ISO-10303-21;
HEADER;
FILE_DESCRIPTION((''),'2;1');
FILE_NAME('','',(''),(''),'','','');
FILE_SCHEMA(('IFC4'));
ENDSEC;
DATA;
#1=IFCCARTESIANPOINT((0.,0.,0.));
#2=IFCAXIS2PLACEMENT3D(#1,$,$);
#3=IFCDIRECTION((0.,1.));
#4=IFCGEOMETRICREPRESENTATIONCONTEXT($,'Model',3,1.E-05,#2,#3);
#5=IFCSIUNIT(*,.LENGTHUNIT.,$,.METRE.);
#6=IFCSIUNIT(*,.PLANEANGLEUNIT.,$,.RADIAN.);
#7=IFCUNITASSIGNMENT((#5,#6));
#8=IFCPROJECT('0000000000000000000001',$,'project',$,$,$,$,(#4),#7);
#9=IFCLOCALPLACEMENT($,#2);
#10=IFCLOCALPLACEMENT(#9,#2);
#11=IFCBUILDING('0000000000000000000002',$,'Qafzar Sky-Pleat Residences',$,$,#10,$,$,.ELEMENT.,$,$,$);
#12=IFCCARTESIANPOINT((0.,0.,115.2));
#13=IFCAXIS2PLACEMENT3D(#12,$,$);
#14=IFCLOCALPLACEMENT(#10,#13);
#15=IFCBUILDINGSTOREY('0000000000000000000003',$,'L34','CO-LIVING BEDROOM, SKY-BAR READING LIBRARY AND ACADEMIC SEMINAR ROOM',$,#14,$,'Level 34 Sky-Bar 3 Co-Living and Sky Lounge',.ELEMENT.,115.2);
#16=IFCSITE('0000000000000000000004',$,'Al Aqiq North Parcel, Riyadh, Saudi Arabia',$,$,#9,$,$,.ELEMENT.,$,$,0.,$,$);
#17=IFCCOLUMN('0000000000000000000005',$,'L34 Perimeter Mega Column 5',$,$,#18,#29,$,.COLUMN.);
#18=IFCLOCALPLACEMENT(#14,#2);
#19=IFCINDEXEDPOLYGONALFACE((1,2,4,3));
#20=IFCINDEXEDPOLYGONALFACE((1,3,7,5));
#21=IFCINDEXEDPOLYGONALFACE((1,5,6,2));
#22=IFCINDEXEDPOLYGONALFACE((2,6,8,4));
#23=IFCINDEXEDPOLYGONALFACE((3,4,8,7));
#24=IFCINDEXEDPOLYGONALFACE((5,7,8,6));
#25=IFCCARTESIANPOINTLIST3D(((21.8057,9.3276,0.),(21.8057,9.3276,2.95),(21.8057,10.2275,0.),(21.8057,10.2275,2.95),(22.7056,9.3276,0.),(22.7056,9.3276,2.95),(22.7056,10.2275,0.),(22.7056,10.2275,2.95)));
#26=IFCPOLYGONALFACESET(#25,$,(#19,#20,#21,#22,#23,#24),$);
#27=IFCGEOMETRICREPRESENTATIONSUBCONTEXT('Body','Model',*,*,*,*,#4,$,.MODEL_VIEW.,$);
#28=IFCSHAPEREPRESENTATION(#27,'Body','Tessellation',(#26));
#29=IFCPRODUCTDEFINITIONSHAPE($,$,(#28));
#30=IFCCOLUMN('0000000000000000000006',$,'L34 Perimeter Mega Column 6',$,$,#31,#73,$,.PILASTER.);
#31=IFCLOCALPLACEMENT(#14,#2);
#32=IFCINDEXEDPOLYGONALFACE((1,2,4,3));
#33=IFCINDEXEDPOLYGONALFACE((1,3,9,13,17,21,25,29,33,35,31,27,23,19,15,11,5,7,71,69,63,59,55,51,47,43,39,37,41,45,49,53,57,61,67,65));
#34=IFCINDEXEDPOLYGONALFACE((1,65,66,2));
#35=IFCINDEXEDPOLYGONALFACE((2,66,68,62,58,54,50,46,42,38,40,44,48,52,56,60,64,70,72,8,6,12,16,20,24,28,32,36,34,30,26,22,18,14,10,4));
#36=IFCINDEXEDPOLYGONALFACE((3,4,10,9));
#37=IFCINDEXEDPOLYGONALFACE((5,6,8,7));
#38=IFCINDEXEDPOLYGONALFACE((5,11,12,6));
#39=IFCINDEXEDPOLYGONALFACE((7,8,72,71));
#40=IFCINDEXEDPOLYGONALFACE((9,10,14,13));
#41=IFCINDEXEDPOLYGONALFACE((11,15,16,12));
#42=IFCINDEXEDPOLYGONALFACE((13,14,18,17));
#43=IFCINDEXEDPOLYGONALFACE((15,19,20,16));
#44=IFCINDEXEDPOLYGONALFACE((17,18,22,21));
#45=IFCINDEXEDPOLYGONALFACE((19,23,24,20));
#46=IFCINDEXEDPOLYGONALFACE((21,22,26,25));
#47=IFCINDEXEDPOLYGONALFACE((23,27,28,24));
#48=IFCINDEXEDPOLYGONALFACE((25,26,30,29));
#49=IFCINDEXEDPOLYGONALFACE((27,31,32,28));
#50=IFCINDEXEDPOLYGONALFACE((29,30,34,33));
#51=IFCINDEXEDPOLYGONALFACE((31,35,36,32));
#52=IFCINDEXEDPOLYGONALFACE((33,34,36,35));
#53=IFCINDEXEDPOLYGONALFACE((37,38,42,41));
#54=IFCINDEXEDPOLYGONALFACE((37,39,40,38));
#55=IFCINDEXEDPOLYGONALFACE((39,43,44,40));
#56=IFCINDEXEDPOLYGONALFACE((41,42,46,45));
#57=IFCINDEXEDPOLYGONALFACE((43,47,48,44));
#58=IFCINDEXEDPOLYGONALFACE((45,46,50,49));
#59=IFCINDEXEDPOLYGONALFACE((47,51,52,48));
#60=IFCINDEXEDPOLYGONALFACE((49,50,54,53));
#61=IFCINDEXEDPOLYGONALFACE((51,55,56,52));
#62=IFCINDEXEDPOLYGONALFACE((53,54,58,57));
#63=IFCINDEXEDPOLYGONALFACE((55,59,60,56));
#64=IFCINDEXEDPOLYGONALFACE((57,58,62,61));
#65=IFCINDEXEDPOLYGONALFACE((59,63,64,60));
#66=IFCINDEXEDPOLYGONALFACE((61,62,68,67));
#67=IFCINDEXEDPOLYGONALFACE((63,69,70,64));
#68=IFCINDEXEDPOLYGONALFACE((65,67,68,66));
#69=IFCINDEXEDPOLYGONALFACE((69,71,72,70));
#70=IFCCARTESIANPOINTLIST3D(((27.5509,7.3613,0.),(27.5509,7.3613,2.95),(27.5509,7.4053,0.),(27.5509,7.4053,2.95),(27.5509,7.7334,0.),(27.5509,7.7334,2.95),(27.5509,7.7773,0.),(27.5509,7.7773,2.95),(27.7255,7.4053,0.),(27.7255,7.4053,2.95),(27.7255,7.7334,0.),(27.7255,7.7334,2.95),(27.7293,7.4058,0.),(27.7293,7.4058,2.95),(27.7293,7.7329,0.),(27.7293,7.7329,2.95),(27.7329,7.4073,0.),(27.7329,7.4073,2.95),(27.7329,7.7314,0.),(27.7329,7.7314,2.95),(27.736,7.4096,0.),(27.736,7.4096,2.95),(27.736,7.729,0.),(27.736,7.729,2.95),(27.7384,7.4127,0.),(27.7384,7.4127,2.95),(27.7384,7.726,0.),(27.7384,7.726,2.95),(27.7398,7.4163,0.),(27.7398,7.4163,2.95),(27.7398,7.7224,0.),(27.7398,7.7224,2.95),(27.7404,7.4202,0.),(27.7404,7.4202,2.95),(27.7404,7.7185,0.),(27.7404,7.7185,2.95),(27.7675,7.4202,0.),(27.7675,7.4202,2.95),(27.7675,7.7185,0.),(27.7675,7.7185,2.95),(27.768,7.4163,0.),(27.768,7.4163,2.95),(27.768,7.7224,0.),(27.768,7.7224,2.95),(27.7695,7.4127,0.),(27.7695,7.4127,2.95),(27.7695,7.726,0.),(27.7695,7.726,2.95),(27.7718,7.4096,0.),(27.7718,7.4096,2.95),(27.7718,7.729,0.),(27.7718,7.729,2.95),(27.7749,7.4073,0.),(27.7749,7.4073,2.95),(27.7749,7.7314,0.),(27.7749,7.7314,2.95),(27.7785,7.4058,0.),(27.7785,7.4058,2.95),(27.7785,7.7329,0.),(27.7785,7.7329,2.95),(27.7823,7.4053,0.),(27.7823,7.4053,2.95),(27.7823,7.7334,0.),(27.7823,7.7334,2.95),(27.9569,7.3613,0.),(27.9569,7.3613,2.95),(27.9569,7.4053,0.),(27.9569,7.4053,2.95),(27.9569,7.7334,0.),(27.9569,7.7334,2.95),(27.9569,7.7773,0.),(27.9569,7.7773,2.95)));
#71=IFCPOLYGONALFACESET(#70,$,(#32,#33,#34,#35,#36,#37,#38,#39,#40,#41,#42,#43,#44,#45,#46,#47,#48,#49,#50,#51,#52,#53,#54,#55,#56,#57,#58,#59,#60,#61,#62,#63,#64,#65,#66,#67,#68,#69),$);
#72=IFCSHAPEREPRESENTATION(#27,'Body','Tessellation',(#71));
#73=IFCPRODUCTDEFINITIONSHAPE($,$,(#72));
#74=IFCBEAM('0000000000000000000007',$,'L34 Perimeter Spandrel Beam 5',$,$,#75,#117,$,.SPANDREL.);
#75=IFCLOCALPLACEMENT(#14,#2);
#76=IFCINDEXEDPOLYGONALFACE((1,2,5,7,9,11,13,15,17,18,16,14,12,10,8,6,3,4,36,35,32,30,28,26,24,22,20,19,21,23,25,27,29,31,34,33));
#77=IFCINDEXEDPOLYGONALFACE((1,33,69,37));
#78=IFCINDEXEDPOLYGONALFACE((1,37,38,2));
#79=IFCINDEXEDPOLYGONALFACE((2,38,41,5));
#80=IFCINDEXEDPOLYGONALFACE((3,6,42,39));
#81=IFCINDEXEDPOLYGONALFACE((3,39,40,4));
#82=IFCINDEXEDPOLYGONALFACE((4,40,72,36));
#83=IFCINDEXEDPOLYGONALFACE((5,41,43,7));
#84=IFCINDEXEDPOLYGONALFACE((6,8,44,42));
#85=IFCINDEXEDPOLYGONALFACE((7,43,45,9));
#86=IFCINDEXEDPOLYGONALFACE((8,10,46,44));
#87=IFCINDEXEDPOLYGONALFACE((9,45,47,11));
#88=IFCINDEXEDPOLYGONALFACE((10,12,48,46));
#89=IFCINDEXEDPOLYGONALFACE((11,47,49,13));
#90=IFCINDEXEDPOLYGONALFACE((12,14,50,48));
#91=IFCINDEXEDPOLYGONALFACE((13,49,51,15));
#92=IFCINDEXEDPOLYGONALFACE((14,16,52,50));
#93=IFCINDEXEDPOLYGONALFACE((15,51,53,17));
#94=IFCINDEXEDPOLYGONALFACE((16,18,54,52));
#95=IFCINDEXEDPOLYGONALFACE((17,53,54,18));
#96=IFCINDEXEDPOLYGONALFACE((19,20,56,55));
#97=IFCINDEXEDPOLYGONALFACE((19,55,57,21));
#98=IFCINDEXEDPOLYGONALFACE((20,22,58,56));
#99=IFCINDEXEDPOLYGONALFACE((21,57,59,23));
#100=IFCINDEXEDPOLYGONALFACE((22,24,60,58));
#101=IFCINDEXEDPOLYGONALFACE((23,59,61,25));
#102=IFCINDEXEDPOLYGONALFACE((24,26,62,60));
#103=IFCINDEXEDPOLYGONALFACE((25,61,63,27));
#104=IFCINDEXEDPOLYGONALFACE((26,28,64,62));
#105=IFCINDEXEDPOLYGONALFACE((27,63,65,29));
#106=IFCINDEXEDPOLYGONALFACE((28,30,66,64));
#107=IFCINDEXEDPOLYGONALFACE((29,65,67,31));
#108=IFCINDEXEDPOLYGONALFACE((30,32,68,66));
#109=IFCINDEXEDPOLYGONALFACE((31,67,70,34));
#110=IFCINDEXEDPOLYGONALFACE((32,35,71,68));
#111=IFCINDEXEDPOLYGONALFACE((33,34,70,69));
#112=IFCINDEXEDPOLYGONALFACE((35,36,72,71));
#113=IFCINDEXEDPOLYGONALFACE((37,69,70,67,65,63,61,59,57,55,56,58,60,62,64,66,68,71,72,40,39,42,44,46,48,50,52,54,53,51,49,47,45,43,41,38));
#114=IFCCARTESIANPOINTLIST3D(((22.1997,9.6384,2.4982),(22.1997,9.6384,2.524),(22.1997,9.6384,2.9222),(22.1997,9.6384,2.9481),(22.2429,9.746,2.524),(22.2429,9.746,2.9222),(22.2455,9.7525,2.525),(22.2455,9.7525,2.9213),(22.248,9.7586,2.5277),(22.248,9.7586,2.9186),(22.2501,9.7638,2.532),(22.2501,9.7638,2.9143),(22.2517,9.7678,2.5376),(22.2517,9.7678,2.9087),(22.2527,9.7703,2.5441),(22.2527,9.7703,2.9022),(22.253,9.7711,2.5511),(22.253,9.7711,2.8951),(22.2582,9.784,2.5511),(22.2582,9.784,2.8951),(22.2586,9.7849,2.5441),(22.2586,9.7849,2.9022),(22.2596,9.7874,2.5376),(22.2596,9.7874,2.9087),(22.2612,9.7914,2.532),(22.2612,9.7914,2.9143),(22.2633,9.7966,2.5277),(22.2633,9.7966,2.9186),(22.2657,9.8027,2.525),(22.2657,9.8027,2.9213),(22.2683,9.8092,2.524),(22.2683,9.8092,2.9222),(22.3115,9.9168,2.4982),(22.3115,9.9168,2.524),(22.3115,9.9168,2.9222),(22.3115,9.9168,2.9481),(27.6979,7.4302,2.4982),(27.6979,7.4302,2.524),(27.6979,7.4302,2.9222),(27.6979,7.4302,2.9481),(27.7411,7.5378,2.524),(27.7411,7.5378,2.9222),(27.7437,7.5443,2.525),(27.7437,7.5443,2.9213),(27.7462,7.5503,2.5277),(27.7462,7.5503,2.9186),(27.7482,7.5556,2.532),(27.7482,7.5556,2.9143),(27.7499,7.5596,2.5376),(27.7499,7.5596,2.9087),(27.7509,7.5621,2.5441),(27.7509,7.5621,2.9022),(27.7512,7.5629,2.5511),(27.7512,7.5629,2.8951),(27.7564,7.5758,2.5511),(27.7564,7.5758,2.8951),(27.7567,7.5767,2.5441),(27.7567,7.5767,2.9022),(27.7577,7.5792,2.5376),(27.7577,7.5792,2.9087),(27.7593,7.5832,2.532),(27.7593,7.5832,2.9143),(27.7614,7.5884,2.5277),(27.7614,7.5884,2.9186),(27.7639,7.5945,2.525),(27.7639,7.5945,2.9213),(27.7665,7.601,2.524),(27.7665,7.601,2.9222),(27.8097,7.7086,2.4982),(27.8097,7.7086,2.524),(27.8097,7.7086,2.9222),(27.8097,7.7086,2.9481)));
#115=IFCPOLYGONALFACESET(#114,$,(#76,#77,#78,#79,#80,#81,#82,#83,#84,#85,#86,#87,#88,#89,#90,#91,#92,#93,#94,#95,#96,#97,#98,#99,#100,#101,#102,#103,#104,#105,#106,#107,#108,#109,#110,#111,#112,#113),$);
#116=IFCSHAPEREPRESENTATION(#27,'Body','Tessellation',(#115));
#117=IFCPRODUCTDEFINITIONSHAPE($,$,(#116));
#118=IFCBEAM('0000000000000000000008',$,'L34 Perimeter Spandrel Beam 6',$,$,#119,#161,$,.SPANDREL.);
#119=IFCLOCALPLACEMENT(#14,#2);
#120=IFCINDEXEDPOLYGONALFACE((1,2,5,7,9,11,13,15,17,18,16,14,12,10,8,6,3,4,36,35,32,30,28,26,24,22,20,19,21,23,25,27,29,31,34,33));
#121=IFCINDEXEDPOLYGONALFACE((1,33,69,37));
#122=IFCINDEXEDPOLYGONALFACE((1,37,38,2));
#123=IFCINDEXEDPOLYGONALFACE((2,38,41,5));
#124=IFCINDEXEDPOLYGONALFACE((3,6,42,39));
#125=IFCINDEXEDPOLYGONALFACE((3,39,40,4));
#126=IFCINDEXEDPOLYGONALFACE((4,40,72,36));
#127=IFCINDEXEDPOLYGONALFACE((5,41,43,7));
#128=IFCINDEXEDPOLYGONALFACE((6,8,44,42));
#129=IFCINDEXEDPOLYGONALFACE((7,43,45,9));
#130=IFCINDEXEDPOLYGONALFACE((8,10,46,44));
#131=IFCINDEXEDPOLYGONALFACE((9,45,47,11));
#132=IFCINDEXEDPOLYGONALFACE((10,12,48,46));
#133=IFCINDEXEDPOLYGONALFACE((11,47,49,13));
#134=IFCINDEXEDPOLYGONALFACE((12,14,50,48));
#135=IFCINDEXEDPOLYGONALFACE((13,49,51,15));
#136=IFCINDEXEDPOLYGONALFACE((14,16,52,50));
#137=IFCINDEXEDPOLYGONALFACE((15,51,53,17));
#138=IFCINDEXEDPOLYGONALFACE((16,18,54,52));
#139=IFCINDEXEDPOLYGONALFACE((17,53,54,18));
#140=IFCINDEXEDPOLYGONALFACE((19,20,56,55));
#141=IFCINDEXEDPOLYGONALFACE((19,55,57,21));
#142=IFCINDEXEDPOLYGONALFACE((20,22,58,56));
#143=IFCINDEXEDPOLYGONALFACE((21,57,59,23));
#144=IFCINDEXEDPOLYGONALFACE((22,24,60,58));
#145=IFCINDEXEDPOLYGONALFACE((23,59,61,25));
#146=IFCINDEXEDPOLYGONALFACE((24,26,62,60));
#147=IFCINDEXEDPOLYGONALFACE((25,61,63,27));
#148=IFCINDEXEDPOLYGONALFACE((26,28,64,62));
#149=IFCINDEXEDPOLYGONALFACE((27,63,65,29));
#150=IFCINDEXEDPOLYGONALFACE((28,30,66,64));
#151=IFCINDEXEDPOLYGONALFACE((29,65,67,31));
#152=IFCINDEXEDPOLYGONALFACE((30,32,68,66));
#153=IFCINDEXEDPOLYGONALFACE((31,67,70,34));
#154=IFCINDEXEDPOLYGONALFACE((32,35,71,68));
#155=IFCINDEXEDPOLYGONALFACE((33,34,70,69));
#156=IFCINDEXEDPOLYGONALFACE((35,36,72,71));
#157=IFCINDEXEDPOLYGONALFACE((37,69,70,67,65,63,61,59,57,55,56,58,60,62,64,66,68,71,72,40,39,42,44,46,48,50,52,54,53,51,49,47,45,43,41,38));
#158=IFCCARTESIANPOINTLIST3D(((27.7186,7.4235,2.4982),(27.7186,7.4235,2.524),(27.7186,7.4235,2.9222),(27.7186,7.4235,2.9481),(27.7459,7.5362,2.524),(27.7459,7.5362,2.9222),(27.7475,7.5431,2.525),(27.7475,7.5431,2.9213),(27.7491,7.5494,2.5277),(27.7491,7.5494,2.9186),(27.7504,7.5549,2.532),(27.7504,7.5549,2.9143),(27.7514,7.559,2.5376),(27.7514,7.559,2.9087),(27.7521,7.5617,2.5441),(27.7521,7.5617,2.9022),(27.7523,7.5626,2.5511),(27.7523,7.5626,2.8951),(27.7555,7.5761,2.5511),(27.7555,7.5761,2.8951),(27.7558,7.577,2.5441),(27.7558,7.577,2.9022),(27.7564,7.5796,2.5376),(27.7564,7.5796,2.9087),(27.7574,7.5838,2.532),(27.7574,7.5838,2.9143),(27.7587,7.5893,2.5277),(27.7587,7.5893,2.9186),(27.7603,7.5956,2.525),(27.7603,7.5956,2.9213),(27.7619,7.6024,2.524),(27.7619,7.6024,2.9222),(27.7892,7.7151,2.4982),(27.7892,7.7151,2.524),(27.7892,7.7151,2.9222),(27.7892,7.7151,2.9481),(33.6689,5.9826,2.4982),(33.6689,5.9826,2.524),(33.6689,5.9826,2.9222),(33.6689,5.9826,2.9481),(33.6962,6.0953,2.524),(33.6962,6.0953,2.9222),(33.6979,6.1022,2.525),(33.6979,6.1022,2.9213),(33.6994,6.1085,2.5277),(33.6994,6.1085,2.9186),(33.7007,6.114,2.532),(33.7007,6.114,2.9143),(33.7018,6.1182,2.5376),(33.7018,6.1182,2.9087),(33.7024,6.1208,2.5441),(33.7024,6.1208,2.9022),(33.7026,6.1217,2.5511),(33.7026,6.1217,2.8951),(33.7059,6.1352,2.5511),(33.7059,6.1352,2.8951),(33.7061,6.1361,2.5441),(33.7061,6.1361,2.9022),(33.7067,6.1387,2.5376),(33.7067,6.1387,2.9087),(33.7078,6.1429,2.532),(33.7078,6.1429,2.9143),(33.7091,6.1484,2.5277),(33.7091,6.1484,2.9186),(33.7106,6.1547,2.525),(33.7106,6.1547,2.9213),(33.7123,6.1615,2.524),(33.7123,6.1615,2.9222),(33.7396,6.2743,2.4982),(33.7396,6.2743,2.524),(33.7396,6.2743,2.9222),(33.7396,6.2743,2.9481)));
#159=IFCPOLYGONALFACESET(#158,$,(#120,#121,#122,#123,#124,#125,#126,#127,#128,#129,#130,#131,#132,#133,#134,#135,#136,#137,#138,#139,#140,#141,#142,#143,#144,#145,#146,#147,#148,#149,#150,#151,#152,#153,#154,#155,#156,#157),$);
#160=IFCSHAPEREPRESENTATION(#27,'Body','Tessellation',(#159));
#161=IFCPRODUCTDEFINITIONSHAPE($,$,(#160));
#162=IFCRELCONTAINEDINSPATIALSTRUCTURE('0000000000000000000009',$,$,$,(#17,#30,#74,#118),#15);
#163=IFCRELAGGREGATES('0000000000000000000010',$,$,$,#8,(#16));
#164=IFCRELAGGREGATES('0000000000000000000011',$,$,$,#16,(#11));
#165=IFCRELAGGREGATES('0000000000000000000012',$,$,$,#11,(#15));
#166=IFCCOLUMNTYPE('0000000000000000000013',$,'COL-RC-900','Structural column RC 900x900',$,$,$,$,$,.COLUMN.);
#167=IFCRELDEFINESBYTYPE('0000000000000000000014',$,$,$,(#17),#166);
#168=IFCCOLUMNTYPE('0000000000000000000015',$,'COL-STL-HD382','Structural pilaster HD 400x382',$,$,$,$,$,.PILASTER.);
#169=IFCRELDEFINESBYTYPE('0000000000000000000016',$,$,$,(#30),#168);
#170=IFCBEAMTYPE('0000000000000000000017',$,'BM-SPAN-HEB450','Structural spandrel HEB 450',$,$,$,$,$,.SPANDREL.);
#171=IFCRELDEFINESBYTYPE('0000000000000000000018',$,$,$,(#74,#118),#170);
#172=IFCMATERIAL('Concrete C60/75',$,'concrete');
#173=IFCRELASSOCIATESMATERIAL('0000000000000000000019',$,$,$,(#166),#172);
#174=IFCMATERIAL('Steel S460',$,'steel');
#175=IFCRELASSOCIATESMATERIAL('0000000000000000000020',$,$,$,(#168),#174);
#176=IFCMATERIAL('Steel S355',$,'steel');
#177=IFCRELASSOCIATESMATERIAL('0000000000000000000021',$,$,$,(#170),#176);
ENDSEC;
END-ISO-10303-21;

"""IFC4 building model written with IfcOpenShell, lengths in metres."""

from ifc_helpers import new_model, si_unit, direction, frame, origin, origin_2d, place, context, subcontext, project, spatial, rectangle, i_section, extrude, source, transform, mapped, material, material_profile, profile_set, type_object, element, save


model = new_model("IFC4")

# Units and contexts
model_context = context("Model", 3, precision=1e-05, world=origin(), true_north=direction((0.0, 1.0)))
body_context = subcontext(model_context, "Body", "Model", "MODEL_VIEW")
ifc_project = project(units=[si_unit("LENGTHUNIT", "METRE"), si_unit("PLANEANGLEUNIT", "RADIAN")], contexts=[model_context])

# Site, building, storey
site_placement = place(None, origin())
site = spatial("IfcSite", under=ifc_project, at=site_placement, Name="Al Aqiq North Parcel, Riyadh, Saudi Arabia", CompositionType="ELEMENT", RefElevation=0.0)
building_placement = place(site_placement, origin())
building = spatial("IfcBuilding", under=site, at=building_placement, Name="Qafzar Sky-Pleat Residences", CompositionType="ELEMENT")
storey_placement = place(building_placement, frame((0.0, 0.0, 115.2)))
storey = spatial("IfcBuildingStorey", under=building, at=storey_placement, Name="L34", Description="CO-LIVING BEDROOM, SKY-BAR READING LIBRARY AND ACADEMIC SEMINAR ROOM", LongName="Level 34 Sky-Bar 3 Co-Living and Sky Lounge", CompositionType="ELEMENT", Elevation=115.2)

# Columns
ifc_material_1 = material(Name="Concrete C60/75", Category="concrete")
ifc_material_profile_1 = material_profile(ifc_material_1, rectangle(XDim=0.8999, YDim=0.8999, at=origin_2d()), Name="RC 900x900")
ifc_profile_set_1 = profile_set([ifc_material_profile_1], Name="Concrete C60/75")
column_type_1 = type_object("IfcColumnType", Name="COL-RC-900", Description="Structural column RC 900x900", PredefinedType="COLUMN", material=ifc_profile_set_1)
shared_shape_1 = source(origin(), body_context, "Body", "SweptSolid", [
    extrude(rectangle(XDim=0.8999, YDim=0.8999, at=origin_2d()), origin(), (0.0, 0.0, 1.0), 2.95),
])
column_1_placement = place(storey_placement, frame((22.2556, 9.7776, 0.0), z_axis=(0.0, 0.0, 1.0), x_axis=(1.0, 0.0, 0.0)))
element("IfcColumn", 1, at=column_1_placement, inside=storey, type_object=column_type_1, Name="L34 Perimeter Mega Column 5", PredefinedType="COLUMN", context=body_context, shape_type="MappedRepresentation", body=[
    mapped(shared_shape_1, transform((0.0, 0.0, 0.0), x_axis=(1.0, 0.0, 0.0), y_axis=(0.0, 1.0, 0.0), z_axis=(0.0, 0.0, 1.0), scale=1.0)),
])
ifc_material_2 = material(Name="Steel S460", Category="steel")
ifc_material_profile_2 = material_profile(ifc_material_2, i_section(OverallWidth=0.406, OverallDepth=0.416, WebThickness=0.0271, FlangeThickness=0.0439, FilletRadius=0.0149, at=origin_2d()), Name="HD 400x382")
ifc_profile_set_2 = profile_set([ifc_material_profile_2], Name="Steel S460")
column_type_2 = type_object("IfcColumnType", Name="COL-STL-HD382", Description="Structural pilaster HD 400x382", PredefinedType="PILASTER", material=ifc_profile_set_2)
shared_shape_2 = source(origin(), body_context, "Body", "SweptSolid", [
    extrude(i_section(OverallWidth=0.406, OverallDepth=0.416, WebThickness=0.0271, FlangeThickness=0.0439, FilletRadius=0.0149, at=origin_2d()), origin(), (0.0, 0.0, 1.0), 2.95),
])
column_2_placement = place(storey_placement, frame((27.7539, 7.5693, 0.0), z_axis=(0.0, 0.0, 1.0), x_axis=(1.0, 0.0, 0.0)))
element("IfcColumn", 2, at=column_2_placement, inside=storey, type_object=column_type_2, Name="L34 Perimeter Mega Column 6", PredefinedType="PILASTER", context=body_context, shape_type="MappedRepresentation", body=[
    mapped(shared_shape_2, transform((0.0, 0.0, 0.0), x_axis=(1.0, 0.0, 0.0), y_axis=(0.0, 1.0, 0.0), z_axis=(0.0, 0.0, 1.0), scale=1.0)),
])

# Beams
ifc_material_3 = material(Name="Steel S355", Category="steel")
ifc_material_profile_3 = material_profile(ifc_material_3, i_section(OverallWidth=0.3, OverallDepth=0.45, WebThickness=0.0139, FlangeThickness=0.0259, FilletRadius=0.0271, at=origin_2d()), Name="HEB 450")
ifc_profile_set_3 = profile_set([ifc_material_profile_3], Name="Steel S355")
beam_type_1 = type_object("IfcBeamType", Name="BM-SPAN-HEB450", Description="Structural spandrel HEB 450", PredefinedType="SPANDREL", material=ifc_profile_set_3)
shared_shape_3 = source(origin(), body_context, "Body", "SweptSolid", [
    extrude(i_section(OverallWidth=0.3, OverallDepth=0.45, WebThickness=0.0139, FlangeThickness=0.0259, FilletRadius=0.0271, at=origin_2d()), origin(), (0.0, 0.0, 1.0), 5.925),
])
beam_1_placement = place(storey_placement, frame((22.2556, 9.7776, 2.7231), z_axis=(0.927956, -0.37269, 0.0), x_axis=(0.37269, 0.927956, 0.0)))
element("IfcBeam", 3, at=beam_1_placement, inside=storey, type_object=beam_type_1, Name="L34 Perimeter Spandrel Beam 5", PredefinedType="SPANDREL", context=body_context, shape_type="MappedRepresentation", body=[
    mapped(shared_shape_3, transform((0.0, 0.0, 0.0), x_axis=(1.0, 0.0, 0.0), y_axis=(0.0, 1.0, 0.0), z_axis=(0.0, 0.0, 1.0), scale=1.0)),
])
shared_shape_4 = source(origin(), body_context, "Body", "SweptSolid", [
    extrude(i_section(OverallWidth=0.3, OverallDepth=0.45, WebThickness=0.0139, FlangeThickness=0.0259, FilletRadius=0.0271, at=origin_2d()), origin(), (0.0, 0.0, 1.0), 6.1223),
])
beam_2_placement = place(storey_placement, frame((27.7539, 7.5693, 2.7231), z_axis=(0.97191, -0.235351, 0.0), x_axis=(0.235351, 0.97191, 0.0)))
element("IfcBeam", 4, at=beam_2_placement, inside=storey, type_object=beam_type_1, Name="L34 Perimeter Spandrel Beam 6", PredefinedType="SPANDREL", context=body_context, shape_type="MappedRepresentation", body=[
    mapped(shared_shape_4, transform((0.0, 0.0, 0.0), x_axis=(1.0, 0.0, 0.0), y_axis=(0.0, 1.0, 0.0), z_axis=(0.0, 0.0, 1.0), scale=1.0)),
])

save(model, "model.ifc")
